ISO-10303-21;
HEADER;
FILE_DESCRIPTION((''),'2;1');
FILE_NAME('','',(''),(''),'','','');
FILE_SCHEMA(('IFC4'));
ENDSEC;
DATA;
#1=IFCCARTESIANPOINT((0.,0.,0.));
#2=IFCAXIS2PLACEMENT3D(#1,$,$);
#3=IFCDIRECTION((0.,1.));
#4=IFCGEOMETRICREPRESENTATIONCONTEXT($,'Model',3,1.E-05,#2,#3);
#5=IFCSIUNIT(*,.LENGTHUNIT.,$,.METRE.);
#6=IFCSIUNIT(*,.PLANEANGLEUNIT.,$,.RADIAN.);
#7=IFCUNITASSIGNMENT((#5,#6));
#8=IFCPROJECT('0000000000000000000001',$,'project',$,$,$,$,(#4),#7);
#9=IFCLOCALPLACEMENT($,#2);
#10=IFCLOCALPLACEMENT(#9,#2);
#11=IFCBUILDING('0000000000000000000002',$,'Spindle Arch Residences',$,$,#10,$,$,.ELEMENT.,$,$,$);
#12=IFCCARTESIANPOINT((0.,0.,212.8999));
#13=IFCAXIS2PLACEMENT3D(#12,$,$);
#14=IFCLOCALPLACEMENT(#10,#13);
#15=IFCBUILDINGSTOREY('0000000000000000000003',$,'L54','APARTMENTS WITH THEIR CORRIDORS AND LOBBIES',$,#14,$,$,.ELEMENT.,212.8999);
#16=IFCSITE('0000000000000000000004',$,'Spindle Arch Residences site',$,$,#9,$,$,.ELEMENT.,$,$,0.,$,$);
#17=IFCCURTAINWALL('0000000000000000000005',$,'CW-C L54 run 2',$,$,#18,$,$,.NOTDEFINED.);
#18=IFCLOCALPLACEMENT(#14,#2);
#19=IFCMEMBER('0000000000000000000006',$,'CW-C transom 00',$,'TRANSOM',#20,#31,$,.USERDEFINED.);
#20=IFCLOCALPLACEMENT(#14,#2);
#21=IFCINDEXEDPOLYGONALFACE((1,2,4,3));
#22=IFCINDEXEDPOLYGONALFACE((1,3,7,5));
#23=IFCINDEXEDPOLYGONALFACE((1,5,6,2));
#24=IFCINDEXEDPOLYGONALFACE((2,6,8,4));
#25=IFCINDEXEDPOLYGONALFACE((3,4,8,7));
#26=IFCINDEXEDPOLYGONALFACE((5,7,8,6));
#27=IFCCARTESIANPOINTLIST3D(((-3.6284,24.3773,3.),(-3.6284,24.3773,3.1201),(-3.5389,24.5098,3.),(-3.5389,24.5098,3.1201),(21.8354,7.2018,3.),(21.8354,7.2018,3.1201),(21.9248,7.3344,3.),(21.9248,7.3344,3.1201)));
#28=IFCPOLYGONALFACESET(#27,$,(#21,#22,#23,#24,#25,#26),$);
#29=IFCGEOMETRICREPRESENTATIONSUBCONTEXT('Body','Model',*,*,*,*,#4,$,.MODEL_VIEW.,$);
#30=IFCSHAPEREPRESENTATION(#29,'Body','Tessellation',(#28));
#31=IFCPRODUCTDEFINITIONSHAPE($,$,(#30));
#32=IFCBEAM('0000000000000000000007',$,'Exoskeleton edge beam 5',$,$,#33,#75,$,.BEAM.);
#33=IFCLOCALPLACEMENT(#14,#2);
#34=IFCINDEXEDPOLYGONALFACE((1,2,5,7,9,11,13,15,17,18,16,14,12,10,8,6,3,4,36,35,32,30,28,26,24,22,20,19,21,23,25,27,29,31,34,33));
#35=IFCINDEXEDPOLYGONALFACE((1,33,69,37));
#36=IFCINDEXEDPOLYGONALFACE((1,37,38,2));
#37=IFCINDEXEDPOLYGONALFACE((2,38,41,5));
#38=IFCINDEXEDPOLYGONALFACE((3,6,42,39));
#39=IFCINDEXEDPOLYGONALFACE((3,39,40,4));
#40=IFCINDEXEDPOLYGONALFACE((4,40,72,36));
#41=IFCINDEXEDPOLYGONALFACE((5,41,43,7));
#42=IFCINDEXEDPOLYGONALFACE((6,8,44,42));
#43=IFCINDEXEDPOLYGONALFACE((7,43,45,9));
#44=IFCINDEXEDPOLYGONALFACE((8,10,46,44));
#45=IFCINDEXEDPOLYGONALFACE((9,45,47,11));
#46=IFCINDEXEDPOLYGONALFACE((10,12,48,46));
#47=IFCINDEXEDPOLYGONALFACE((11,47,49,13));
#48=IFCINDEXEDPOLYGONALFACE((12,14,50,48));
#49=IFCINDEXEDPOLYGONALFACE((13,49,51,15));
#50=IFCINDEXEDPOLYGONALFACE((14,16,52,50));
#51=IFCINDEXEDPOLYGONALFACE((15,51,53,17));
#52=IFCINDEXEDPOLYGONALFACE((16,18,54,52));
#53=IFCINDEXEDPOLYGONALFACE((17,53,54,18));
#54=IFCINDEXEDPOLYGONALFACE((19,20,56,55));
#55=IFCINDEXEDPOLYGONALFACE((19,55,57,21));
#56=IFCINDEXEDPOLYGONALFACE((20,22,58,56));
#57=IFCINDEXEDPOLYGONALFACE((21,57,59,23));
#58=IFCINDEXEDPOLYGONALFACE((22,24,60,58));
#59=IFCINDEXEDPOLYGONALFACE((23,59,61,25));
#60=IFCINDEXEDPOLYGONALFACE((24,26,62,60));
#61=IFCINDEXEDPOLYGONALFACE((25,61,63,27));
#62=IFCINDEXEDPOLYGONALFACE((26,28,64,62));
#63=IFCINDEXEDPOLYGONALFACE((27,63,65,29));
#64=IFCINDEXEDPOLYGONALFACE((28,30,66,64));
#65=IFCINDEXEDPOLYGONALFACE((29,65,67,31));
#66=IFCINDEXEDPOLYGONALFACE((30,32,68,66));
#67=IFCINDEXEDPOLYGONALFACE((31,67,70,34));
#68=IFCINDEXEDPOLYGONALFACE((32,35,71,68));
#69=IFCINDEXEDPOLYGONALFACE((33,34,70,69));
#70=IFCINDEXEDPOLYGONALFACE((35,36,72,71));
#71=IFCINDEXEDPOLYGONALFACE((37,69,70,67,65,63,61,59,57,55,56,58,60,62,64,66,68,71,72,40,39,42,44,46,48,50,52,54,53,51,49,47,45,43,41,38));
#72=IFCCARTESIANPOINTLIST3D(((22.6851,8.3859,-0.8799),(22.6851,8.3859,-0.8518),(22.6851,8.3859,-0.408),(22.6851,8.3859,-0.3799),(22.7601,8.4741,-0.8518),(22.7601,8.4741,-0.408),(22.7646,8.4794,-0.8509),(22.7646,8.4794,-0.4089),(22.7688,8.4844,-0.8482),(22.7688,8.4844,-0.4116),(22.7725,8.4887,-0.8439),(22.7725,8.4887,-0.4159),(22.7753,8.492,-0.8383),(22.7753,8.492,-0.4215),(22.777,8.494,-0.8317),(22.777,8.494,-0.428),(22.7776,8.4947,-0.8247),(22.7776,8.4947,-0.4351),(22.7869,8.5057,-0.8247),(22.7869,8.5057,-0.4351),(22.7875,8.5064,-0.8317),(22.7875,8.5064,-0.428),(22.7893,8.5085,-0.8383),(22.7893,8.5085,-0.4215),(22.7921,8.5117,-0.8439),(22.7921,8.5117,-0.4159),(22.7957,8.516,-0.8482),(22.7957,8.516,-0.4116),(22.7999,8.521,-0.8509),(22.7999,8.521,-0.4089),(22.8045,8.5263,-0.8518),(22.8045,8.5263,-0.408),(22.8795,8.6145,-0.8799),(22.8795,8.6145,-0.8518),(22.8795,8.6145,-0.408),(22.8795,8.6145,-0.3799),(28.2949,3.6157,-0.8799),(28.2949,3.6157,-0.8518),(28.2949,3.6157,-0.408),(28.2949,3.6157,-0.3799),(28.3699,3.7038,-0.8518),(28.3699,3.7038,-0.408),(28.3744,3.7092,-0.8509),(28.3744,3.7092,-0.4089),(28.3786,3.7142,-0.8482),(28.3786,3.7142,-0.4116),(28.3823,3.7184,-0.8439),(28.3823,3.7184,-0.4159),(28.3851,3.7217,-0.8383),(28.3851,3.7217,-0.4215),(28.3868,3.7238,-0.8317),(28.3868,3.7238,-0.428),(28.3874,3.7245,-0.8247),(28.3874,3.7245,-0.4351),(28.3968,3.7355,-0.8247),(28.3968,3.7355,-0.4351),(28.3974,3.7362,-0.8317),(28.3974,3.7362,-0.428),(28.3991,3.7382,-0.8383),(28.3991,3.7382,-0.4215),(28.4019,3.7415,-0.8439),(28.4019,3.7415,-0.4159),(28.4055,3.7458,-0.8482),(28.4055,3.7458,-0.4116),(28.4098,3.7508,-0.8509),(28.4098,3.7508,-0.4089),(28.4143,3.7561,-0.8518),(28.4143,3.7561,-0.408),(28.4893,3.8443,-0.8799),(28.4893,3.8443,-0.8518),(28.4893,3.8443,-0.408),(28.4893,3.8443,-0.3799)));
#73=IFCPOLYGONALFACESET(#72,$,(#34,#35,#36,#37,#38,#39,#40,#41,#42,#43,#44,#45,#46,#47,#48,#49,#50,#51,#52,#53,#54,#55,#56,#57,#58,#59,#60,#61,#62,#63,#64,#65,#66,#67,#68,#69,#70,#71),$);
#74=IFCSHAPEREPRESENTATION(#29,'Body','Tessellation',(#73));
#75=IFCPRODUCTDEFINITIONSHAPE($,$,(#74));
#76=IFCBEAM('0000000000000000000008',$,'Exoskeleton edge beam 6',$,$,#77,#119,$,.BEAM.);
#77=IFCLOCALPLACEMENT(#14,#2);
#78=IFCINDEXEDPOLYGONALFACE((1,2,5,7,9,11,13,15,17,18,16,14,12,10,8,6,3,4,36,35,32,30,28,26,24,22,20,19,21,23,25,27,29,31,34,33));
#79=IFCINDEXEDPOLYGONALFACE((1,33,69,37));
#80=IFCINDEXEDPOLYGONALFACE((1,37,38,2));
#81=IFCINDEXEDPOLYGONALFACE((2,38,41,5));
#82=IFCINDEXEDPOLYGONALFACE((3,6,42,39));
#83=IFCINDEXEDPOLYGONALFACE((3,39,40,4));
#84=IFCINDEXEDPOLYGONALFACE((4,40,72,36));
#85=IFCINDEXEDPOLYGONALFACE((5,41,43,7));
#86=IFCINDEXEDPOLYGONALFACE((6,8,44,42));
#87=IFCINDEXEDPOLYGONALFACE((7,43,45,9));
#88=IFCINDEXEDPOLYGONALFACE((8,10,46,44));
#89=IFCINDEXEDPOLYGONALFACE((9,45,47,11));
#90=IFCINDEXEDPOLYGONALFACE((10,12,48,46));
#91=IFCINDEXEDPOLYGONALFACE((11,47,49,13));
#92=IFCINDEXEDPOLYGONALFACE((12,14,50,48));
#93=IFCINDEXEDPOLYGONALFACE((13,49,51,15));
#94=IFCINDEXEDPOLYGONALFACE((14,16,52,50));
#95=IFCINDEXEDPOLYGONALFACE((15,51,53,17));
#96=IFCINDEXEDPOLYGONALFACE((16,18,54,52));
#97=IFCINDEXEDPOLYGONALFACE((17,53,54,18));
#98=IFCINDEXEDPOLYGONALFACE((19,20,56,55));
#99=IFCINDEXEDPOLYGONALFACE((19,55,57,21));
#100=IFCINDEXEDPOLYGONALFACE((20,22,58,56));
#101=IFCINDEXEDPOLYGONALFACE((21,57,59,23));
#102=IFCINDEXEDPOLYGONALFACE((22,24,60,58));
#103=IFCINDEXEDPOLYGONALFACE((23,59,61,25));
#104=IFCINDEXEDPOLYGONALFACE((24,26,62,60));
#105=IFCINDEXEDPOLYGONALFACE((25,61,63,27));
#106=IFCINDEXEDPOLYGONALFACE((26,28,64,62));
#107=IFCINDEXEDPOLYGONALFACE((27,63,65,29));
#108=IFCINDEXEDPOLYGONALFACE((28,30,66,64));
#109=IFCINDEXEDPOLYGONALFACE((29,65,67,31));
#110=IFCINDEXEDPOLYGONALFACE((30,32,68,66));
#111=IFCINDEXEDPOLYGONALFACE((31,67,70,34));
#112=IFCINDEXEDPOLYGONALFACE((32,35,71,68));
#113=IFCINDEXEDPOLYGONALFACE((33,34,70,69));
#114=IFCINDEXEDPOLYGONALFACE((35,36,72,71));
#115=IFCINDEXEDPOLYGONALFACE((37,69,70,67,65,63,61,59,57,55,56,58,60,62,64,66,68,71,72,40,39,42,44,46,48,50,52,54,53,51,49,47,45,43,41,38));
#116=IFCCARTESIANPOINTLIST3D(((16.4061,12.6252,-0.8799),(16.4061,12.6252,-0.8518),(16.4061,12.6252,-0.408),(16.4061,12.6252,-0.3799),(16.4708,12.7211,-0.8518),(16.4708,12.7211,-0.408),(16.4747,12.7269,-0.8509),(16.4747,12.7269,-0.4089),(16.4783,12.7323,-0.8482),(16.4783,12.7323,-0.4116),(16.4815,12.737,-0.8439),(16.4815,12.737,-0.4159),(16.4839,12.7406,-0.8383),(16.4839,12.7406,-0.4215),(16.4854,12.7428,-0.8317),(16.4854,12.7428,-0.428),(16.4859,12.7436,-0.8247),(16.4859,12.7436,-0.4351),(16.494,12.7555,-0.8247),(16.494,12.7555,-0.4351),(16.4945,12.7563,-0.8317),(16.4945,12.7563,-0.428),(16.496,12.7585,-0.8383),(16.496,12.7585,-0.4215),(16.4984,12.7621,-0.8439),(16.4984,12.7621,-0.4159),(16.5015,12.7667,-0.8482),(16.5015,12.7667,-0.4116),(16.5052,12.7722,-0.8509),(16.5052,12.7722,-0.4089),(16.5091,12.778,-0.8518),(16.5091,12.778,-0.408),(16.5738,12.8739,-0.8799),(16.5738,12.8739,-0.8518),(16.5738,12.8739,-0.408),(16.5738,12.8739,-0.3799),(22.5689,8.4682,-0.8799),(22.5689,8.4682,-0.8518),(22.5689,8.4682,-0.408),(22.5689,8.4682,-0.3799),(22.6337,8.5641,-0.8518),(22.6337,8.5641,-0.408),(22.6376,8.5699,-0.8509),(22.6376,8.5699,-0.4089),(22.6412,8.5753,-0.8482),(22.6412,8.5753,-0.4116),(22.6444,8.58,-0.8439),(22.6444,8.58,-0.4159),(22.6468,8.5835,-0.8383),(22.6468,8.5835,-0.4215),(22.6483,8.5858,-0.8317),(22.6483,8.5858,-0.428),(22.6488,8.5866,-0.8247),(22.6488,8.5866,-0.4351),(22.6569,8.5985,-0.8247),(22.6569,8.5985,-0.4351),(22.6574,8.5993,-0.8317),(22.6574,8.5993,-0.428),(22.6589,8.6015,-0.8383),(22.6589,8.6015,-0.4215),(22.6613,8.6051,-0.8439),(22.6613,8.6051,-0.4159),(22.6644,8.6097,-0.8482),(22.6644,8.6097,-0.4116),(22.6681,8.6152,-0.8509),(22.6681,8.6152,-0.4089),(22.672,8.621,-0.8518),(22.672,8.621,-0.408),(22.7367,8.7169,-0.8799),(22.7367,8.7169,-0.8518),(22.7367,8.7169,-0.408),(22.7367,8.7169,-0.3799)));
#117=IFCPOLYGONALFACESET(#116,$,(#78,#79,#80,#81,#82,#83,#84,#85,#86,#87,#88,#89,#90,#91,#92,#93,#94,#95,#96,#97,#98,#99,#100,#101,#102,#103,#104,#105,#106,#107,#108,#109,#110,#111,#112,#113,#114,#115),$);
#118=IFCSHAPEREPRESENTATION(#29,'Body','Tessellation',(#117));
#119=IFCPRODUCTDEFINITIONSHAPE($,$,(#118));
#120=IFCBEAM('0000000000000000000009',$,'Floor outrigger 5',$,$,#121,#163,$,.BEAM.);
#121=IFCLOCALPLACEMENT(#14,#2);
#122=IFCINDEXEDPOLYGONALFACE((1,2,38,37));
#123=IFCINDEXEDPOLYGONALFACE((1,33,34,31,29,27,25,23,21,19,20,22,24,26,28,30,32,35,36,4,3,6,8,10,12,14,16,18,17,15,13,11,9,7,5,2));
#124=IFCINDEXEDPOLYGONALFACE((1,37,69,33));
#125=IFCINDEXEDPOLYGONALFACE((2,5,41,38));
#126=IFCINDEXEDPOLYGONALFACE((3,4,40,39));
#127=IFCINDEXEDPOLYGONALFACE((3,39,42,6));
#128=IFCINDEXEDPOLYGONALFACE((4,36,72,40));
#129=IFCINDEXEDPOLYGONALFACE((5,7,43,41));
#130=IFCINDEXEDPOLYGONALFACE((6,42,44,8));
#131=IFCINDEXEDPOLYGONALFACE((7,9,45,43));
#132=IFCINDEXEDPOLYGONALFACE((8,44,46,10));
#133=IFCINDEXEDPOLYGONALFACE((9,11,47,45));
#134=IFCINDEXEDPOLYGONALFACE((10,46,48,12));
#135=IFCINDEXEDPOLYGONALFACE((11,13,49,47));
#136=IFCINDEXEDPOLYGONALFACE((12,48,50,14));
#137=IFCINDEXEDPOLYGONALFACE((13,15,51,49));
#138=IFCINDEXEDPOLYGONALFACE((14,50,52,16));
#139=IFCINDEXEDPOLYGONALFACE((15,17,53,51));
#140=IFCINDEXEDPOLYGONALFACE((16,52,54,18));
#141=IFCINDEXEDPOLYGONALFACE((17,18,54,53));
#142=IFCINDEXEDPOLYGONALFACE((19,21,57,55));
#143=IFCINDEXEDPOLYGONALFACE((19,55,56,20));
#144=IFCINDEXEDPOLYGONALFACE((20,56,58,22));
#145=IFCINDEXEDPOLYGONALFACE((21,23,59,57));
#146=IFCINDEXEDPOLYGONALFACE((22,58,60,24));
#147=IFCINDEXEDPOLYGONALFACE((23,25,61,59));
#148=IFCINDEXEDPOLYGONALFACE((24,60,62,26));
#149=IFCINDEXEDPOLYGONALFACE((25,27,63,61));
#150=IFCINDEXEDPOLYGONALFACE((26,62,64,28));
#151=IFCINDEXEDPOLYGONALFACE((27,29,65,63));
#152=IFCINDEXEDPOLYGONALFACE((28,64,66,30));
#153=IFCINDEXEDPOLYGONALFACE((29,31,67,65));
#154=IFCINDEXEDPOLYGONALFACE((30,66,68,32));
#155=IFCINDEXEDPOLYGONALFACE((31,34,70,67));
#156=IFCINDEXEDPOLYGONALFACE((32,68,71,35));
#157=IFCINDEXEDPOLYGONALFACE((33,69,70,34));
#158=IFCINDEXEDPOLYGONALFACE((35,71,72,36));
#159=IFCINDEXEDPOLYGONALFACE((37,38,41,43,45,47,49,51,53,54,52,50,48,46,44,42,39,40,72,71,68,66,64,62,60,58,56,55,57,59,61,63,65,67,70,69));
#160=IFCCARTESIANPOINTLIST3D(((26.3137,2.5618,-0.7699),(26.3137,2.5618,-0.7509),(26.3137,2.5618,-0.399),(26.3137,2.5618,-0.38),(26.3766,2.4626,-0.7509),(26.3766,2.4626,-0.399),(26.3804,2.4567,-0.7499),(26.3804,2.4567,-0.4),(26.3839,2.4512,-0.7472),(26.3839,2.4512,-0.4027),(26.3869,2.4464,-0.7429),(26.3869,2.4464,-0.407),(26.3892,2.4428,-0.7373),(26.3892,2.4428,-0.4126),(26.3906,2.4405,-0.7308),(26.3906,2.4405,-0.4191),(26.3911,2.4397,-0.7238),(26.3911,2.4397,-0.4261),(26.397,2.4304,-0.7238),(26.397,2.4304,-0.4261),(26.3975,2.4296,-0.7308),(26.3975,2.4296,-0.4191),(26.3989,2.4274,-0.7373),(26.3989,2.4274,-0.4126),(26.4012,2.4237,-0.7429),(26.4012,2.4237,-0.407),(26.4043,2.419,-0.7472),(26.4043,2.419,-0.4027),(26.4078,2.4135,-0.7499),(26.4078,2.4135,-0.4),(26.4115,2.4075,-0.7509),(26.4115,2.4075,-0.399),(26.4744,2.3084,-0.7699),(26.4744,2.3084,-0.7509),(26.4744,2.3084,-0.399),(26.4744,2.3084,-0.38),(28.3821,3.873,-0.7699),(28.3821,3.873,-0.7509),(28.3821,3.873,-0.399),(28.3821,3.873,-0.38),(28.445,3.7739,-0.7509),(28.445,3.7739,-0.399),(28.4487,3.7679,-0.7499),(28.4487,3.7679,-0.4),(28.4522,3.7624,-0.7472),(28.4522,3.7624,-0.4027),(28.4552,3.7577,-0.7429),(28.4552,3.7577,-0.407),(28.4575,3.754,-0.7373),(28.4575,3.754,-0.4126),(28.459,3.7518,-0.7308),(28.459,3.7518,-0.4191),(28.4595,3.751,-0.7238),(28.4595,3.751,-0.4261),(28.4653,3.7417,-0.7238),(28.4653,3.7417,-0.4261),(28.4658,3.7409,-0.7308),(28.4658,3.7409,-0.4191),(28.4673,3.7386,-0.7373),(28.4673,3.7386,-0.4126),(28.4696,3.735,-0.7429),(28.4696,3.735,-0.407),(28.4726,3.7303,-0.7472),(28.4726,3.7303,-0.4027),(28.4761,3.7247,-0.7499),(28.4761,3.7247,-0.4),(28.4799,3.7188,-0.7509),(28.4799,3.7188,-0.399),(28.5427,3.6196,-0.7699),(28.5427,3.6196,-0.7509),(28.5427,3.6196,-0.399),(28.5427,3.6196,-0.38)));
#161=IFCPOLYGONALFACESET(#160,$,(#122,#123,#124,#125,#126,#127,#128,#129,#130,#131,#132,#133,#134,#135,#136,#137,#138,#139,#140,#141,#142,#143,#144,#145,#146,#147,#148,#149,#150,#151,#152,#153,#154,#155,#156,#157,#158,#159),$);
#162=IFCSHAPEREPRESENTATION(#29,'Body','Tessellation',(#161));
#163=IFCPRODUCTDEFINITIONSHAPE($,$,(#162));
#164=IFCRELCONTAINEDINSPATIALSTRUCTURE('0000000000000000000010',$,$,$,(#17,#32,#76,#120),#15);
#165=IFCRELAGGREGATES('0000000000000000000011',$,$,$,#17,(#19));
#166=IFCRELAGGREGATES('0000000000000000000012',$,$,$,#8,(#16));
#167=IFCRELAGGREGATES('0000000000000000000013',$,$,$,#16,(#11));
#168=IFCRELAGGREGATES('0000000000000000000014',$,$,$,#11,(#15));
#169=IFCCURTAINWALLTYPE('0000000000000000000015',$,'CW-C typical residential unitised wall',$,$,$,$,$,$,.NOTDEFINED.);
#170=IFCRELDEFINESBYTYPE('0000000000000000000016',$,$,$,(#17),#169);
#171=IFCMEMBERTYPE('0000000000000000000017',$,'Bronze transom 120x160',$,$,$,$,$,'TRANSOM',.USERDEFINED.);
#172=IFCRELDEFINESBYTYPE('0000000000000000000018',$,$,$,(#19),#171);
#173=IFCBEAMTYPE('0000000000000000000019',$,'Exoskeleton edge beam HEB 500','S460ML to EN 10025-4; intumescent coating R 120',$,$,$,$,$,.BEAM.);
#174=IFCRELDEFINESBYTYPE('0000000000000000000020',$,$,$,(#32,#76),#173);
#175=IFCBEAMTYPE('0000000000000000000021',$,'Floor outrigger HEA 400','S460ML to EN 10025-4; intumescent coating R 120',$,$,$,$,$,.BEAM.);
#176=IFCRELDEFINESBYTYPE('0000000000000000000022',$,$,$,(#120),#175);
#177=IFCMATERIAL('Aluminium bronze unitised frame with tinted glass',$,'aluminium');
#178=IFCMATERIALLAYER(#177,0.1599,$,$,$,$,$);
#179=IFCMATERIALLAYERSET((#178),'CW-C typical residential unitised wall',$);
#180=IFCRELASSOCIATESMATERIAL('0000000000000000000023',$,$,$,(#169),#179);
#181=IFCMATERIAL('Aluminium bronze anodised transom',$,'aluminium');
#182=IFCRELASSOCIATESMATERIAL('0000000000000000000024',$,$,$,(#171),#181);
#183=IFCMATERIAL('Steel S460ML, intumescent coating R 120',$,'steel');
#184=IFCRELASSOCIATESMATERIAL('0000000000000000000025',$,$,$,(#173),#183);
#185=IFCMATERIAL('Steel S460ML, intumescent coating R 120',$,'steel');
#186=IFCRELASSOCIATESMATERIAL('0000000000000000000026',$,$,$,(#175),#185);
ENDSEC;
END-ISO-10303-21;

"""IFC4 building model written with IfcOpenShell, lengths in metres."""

from ifc_helpers import new_model, si_unit, direction, frame, origin, origin_2d, place, context, subcontext, project, spatial, rectangle, i_section, extrude, material, layer, layer_set, material_profile, profile_set, type_object, element, aggregate, save


model = new_model("IFC4")

# Units and contexts
model_context = context("Model", 3, precision=1e-05, world=origin(), true_north=direction((0.0, 1.0)))
body_context = subcontext(model_context, "Body", "Model", "MODEL_VIEW")
ifc_project = project(units=[si_unit("LENGTHUNIT", "METRE"), si_unit("PLANEANGLEUNIT", "RADIAN")], contexts=[model_context])

# Site, building, storey
site_placement = place(None, origin())
site = spatial("IfcSite", under=ifc_project, at=site_placement, Name="Spindle Arch Residences site", CompositionType="ELEMENT", RefElevation=0.0)
building_placement = place(site_placement, origin())
building = spatial("IfcBuilding", under=site, at=building_placement, Name="Spindle Arch Residences", CompositionType="ELEMENT")
storey_placement = place(building_placement, frame((0.0, 0.0, 212.8999)))
storey = spatial("IfcBuildingStorey", under=building, at=storey_placement, Name="L54", Description="APARTMENTS WITH THEIR CORRIDORS AND LOBBIES", CompositionType="ELEMENT", Elevation=212.8999)

# Curtain wall
ifc_material_1 = material(Name="Aluminium bronze unitised frame with tinted glass", Category="aluminium")
ifc_layer_1 = layer(ifc_material_1, 0.1599)
ifc_layer_set_1 = layer_set([ifc_layer_1], Name="CW-C typical residential unitised wall")
curtain_wall_type_1 = type_object("IfcCurtainWallType", Name="CW-C typical residential unitised wall", PredefinedType="NOTDEFINED", material=ifc_layer_set_1)
curtain_wall_1_placement = place(storey_placement, origin())
curtain_wall_1 = element("IfcCurtainWall", 1, at=curtain_wall_1_placement, inside=storey, type_object=curtain_wall_type_1, Name="CW-C L54 run 2", PredefinedType="NOTDEFINED")

# Member
ifc_material_2 = material(Name="Aluminium bronze anodised transom", Category="aluminium")
ifc_material_profile_1 = material_profile(ifc_material_2, rectangle(XDim=0.1599, YDim=0.1201, at=origin_2d()), Name="TR 120x160")
ifc_profile_set_1 = profile_set([ifc_material_profile_1], Name="Aluminium bronze anodised transom")
member_type_1 = type_object("IfcMemberType", Name="Bronze transom 120x160", ElementType="TRANSOM", PredefinedType="USERDEFINED", material=ifc_profile_set_1)
member_1_placement = place(storey_placement, frame((21.8801, 7.2681, 3.0601), z_axis=(-0.829038, 0.559192, 0.0), x_axis=(-0.559192, -0.829038, 0.0)))
member_1 = element("IfcMember", 2, at=member_1_placement, type_object=member_type_1, Name="CW-C transom 00", ObjectType="TRANSOM", PredefinedType="USERDEFINED", context=body_context, shape_type="SweptSolid", body=[
    extrude(rectangle(XDim=0.1599, YDim=0.1201, at=origin_2d()), origin(), (0.0, 0.0, 1.0), 30.7148),
])

# Beams
ifc_material_3 = material(Name="Steel S460ML, intumescent coating R 120", Category="steel")
ifc_material_profile_2 = material_profile(ifc_material_3, i_section(OverallWidth=0.3, OverallDepth=0.5, WebThickness=0.0144, FlangeThickness=0.0281, FilletRadius=0.0271, at=origin_2d()), Name="HEB 500")
ifc_profile_set_2 = profile_set([ifc_material_profile_2], Name="Steel S460ML, intumescent coating R 120")
beam_type_1 = type_object("IfcBeamType", Name="Exoskeleton edge beam HEB 500", Description="S460ML to EN 10025-4; intumescent coating R 120", PredefinedType="BEAM", material=ifc_profile_set_2)
beam_1_placement = place(storey_placement, frame((28.3921, 3.73, -0.6299), z_axis=(-0.761813, 0.647797, 0.0), x_axis=(-0.647797, -0.761813, 0.0)))
element("IfcBeam", 3, at=beam_1_placement, inside=storey, type_object=beam_type_1, Name="Exoskeleton edge beam 5", PredefinedType="BEAM", context=body_context, shape_type="SweptSolid", body=[
    extrude(i_section(OverallWidth=0.3, OverallDepth=0.5, WebThickness=0.0144, FlangeThickness=0.0281, FilletRadius=0.0271, at=origin_2d()), origin(), (0.0, 0.0, 1.0), 7.3638),
])
beam_2_placement = place(storey_placement, frame((22.6528, 8.5925, -0.6299), z_axis=(-0.829032, 0.559202, 0.0), x_axis=(-0.559202, -0.829032, 0.0)))
element("IfcBeam", 4, at=beam_2_placement, inside=storey, type_object=beam_type_1, Name="Exoskeleton edge beam 6", PredefinedType="BEAM", context=body_context, shape_type="SweptSolid", body=[
    extrude(i_section(OverallWidth=0.3, OverallDepth=0.5, WebThickness=0.0144, FlangeThickness=0.0281, FilletRadius=0.0271, at=origin_2d()), origin(), (0.0, 0.0, 1.0), 7.4338),
])
ifc_material_4 = material(Name="Steel S460ML, intumescent coating R 120", Category="steel")
ifc_material_profile_3 = material_profile(ifc_material_4, i_section(OverallWidth=0.3, OverallDepth=0.3899, WebThickness=0.011, FlangeThickness=0.019, FilletRadius=0.0271, at=origin_2d()), Name="HEA 400")
ifc_profile_set_3 = profile_set([ifc_material_profile_3], Name="Steel S460ML, intumescent coating R 120")
beam_type_2 = type_object("IfcBeamType", Name="Floor outrigger HEA 400", Description="S460ML to EN 10025-4; intumescent coating R 120", PredefinedType="BEAM", material=ifc_profile_set_3)
beam_3_placement = place(storey_placement, frame((28.4624, 3.7463, -0.575), z_axis=(-0.844576, -0.535436, 0.0), x_axis=(0.535436, -0.844576, 0.0)))
element("IfcBeam", 5, at=beam_3_placement, inside=storey, type_object=beam_type_2, Name="Floor outrigger 5", PredefinedType="BEAM", context=body_context, shape_type="SweptSolid", body=[
    extrude(i_section(OverallWidth=0.3, OverallDepth=0.3899, WebThickness=0.011, FlangeThickness=0.019, FilletRadius=0.0271, at=origin_2d()), origin(), (0.0, 0.0, 1.0), 2.449),
])

aggregate(curtain_wall_1, [member_1])

save(model, "model.ifc")
